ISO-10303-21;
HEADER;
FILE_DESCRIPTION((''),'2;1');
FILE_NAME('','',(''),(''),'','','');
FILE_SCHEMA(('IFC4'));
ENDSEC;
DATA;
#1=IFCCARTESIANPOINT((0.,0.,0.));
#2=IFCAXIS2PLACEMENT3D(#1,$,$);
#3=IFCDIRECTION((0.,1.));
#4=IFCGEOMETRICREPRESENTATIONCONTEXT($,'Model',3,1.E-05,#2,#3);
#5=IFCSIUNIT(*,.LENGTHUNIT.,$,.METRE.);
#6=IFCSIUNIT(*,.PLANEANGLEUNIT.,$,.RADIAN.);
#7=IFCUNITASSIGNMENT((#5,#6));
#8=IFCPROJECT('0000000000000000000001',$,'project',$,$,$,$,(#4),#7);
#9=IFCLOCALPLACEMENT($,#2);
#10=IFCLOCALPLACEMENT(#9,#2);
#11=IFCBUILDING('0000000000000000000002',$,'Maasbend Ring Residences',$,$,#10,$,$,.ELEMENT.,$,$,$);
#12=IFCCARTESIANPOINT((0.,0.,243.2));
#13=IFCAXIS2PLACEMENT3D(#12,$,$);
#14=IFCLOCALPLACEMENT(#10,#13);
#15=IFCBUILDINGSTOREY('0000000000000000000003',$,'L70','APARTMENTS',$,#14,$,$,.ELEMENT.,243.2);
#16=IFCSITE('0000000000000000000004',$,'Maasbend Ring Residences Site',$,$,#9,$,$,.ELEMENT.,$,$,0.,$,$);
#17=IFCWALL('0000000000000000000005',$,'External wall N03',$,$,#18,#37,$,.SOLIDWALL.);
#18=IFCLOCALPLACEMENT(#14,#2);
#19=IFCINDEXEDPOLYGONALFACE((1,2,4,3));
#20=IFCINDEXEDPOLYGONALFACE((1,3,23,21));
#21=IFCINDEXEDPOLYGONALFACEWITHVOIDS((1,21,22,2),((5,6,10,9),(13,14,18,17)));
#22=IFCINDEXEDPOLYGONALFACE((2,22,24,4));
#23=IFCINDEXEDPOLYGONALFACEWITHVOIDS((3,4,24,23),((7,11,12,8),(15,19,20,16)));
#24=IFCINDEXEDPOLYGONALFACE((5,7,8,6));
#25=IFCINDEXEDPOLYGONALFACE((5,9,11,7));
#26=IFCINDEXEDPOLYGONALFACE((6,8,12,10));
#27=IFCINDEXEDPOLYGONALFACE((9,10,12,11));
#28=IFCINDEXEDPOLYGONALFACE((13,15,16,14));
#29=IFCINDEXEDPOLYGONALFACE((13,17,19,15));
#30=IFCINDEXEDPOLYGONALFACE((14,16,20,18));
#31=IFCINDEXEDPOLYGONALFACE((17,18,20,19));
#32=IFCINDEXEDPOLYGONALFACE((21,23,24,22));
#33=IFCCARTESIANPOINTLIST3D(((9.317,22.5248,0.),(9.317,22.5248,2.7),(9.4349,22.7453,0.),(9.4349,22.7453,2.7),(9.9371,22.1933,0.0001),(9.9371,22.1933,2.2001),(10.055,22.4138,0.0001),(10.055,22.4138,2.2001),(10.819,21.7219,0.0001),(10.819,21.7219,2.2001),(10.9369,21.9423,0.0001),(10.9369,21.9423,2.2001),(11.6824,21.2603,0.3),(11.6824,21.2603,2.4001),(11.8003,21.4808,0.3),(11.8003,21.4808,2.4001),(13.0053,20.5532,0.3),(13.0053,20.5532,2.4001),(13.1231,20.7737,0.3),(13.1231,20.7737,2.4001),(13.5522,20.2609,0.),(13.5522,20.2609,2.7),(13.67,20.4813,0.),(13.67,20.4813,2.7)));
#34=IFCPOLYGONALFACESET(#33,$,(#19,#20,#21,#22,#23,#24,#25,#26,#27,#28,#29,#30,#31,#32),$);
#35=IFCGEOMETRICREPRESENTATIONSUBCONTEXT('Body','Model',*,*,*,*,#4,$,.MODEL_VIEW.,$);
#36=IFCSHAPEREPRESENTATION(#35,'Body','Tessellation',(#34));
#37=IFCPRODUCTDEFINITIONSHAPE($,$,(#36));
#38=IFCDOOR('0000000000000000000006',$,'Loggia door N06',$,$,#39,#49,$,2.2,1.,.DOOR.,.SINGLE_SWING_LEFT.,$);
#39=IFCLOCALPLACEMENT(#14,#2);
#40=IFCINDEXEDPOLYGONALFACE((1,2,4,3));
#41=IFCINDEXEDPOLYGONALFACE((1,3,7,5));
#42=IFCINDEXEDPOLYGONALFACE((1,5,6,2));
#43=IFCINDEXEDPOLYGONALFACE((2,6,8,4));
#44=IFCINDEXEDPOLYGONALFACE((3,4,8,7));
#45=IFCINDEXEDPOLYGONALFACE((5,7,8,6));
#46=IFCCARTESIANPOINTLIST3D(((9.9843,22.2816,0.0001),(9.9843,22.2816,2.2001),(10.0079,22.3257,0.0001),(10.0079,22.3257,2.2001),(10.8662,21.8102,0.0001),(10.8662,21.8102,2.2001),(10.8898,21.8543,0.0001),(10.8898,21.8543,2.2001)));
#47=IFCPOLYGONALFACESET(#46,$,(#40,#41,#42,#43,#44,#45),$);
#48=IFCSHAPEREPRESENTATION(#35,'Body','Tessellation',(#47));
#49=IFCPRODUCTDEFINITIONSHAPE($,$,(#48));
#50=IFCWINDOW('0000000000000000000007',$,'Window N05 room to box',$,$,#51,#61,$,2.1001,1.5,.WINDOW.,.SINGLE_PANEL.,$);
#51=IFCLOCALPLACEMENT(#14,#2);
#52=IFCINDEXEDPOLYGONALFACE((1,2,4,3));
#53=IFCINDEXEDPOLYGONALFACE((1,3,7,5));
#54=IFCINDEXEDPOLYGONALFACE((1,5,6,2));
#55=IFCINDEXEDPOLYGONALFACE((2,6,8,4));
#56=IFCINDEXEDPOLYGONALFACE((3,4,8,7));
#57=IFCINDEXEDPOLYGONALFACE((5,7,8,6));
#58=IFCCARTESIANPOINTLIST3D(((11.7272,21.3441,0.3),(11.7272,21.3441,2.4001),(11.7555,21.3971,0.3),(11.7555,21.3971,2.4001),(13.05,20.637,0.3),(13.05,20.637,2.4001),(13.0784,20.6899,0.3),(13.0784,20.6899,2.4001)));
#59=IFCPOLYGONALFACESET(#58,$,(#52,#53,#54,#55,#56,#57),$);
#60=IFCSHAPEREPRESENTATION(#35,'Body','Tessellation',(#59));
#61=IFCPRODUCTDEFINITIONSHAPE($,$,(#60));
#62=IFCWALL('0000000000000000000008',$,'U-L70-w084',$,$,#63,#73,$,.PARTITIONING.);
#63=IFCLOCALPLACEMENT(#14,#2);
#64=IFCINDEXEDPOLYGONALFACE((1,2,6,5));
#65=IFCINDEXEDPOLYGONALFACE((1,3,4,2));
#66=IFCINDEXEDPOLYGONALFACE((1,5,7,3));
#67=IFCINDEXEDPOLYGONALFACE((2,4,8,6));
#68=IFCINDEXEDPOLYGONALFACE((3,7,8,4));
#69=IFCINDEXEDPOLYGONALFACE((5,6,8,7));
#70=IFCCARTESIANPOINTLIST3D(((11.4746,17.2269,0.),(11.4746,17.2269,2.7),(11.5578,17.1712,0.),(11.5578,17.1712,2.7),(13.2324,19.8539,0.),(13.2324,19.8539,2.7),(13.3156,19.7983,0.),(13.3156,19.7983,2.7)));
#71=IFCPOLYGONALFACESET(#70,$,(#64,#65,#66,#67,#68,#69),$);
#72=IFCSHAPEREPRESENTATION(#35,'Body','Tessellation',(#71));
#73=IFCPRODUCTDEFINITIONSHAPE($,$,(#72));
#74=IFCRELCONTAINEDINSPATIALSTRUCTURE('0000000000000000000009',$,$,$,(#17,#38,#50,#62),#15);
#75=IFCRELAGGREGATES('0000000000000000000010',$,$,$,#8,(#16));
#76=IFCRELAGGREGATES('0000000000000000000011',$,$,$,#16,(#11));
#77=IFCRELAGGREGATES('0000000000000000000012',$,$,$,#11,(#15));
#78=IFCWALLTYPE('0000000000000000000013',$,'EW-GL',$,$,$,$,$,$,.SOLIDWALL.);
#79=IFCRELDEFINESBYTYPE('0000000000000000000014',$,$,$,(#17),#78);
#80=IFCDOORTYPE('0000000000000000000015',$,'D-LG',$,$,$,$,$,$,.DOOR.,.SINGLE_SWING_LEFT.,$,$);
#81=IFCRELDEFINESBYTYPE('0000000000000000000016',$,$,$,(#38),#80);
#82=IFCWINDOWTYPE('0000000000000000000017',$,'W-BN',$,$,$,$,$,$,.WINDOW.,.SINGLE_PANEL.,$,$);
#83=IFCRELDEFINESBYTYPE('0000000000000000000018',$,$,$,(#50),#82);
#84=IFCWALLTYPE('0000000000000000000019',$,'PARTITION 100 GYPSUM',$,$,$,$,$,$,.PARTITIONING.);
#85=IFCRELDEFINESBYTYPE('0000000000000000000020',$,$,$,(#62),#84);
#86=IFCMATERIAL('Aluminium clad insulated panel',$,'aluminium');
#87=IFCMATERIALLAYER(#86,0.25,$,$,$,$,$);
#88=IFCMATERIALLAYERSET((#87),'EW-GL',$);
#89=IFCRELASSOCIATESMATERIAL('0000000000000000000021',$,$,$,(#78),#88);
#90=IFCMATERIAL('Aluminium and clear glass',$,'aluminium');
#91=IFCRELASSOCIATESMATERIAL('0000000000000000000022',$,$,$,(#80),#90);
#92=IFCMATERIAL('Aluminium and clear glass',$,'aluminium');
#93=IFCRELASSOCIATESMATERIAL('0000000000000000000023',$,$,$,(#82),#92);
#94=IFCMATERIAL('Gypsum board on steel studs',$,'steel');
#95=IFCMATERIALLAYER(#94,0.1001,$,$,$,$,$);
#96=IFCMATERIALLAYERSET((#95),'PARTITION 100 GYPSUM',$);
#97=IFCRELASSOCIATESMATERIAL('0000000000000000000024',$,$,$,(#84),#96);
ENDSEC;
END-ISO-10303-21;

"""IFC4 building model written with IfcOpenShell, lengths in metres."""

from ifc_helpers import new_model, si_unit, direction, frame, frame_2d, origin, place, context, subcontext, project, spatial, rectangle, extrude, material, layer, layer_set, type_object, element, fill, save


model = new_model("IFC4")

# Units and contexts
model_context = context("Model", 3, precision=1e-05, world=origin(), true_north=direction((0.0, 1.0)))
body_context = subcontext(model_context, "Body", "Model", "MODEL_VIEW")
ifc_project = project(units=[si_unit("LENGTHUNIT", "METRE"), si_unit("PLANEANGLEUNIT", "RADIAN")], contexts=[model_context])

# Site, building, storey
site_placement = place(None, origin())
site = spatial("IfcSite", under=ifc_project, at=site_placement, Name="Maasbend Ring Residences Site", CompositionType="ELEMENT", RefElevation=0.0)
building_placement = place(site_placement, origin())
building = spatial("IfcBuilding", under=site, at=building_placement, Name="Maasbend Ring Residences", CompositionType="ELEMENT")
storey_placement = place(building_placement, frame((0.0, 0.0, 243.2)))
storey = spatial("IfcBuildingStorey", under=building, at=storey_placement, Name="L70", Description="APARTMENTS", CompositionType="ELEMENT", Elevation=243.2)

# Wall, openings, door, window
ifc_material_1 = material(Name="Aluminium clad insulated panel", Category="aluminium")
ifc_layer_1 = layer(ifc_material_1, 0.25)
ifc_layer_set_1 = layer_set([ifc_layer_1], Name="EW-GL")
wall_type_1 = type_object("IfcWallType", Name="EW-GL", PredefinedType="SOLIDWALL", material=ifc_layer_set_1)
ifc_material_2 = material(Name="Aluminium and clear glass", Category="aluminium")
door_type = type_object("IfcDoorType", Name="D-LG", OperationType="SINGLE_SWING_LEFT", PredefinedType="DOOR", material=ifc_material_2)
wall_1_placement = place(storey_placement, frame((13.6111, 20.3711, 0.0), z_axis=(0.0, 0.0, 1.0), x_axis=(-0.881904, 0.47143, 0.0)))
wall_1 = element("IfcWall", 1, at=wall_1_placement, inside=storey, type_object=wall_type_1, Name="External wall N03", PredefinedType="SOLIDWALL", context=body_context, shape_type="SweptSolid", body=[
    extrude(rectangle(XDim=4.8022, YDim=0.25, at=frame_2d((2.4011, 0.0))), origin(), (0.0, 0.0, 1.0), 2.7),
])
opening_1_placement = place(wall_1_placement, frame((0.6201, 0.0, 0.3)))
opening_1 = element("IfcOpeningElement", 2, at=opening_1_placement, cuts=wall_1, PredefinedType="OPENING", context=body_context, shape_type="SweptSolid", body=[
    extrude(rectangle(XDim=1.5, YDim=2.1001, at=frame_2d((0.75, 1.05))), frame((0.0, 0.135, 0.0), z_axis=(0.0, -1.0, 0.0), x_axis=(1.0, 0.0, 0.0)), (0.0, 0.0, 1.0), 0.27),
])
opening_2_placement = place(wall_1_placement, frame((3.0991, 0.0, 0.0)))
opening_2 = element("IfcOpeningElement", 3, at=opening_2_placement, cuts=wall_1, PredefinedType="OPENING", context=body_context, shape_type="SweptSolid", body=[
    extrude(rectangle(XDim=1.0, YDim=2.2, at=frame_2d((0.5, 1.1001))), frame((0.0, 0.135, 0.0), z_axis=(0.0, -1.0, 0.0), x_axis=(1.0, 0.0, 0.0)), (0.0, 0.0, 1.0), 0.27),
])
door_1_placement = place(opening_2_placement, origin())
door_1 = element("IfcDoor", 4, at=door_1_placement, inside=storey, type_object=door_type, Name="Loggia door N06", OperationType="SINGLE_SWING_LEFT", OverallHeight=2.2, OverallWidth=1.0, PredefinedType="DOOR", context=body_context, shape_type="SweptSolid", body=[
    extrude(rectangle(XDim=1.0, YDim=2.2, at=frame_2d((0.5, 1.1001))), frame((0.0, 0.0249, 0.0), z_axis=(0.0, -1.0, 0.0), x_axis=(1.0, 0.0, 0.0)), (0.0, 0.0, 1.0), 0.05),
])
fill(opening_2, door_1)
ifc_material_3 = material(Name="Aluminium and clear glass", Category="aluminium")
window_type_1 = type_object("IfcWindowType", Name="W-BN", PartitioningType="SINGLE_PANEL", PredefinedType="WINDOW", material=ifc_material_3)
window_1_placement = place(opening_1_placement, origin())
window_1 = element("IfcWindow", 5, at=window_1_placement, inside=storey, type_object=window_type_1, Name="Window N05 room to box", OverallHeight=2.1001, OverallWidth=1.5, PartitioningType="SINGLE_PANEL", PredefinedType="WINDOW", context=body_context, shape_type="SweptSolid", body=[
    extrude(rectangle(XDim=1.5, YDim=2.1001, at=frame_2d((0.75, 1.05))), frame((0.0, 0.03, 0.0), z_axis=(0.0, -1.0, 0.0), x_axis=(1.0, 0.0, 0.0)), (0.0, 0.0, 1.0), 0.0601),
])
fill(opening_1, window_1)

# Wall
ifc_material_4 = material(Name="Gypsum board on steel studs", Category="steel")
ifc_layer_2 = layer(ifc_material_4, 0.1001)
ifc_layer_set_2 = layer_set([ifc_layer_2], Name="PARTITION 100 GYPSUM")
wall_type_2 = type_object("IfcWallType", Name="PARTITION 100 GYPSUM", PredefinedType="PARTITIONING", material=ifc_layer_set_2)
wall_2_placement = place(storey_placement, frame((11.5161, 17.199, 0.0), z_axis=(0.0, 0.0, 1.0), x_axis=(0.556125, 0.831098, 0.0)))
element("IfcWall", 6, at=wall_2_placement, inside=storey, type_object=wall_type_2, Name="U-L70-w084", PredefinedType="PARTITIONING", context=body_context, shape_type="SweptSolid", body=[
    extrude(rectangle(XDim=3.1609, YDim=0.1001, at=frame_2d((1.5806, 0.0))), origin(), (0.0, 0.0, 1.0), 2.7),
])

save(model, "model.ifc")
